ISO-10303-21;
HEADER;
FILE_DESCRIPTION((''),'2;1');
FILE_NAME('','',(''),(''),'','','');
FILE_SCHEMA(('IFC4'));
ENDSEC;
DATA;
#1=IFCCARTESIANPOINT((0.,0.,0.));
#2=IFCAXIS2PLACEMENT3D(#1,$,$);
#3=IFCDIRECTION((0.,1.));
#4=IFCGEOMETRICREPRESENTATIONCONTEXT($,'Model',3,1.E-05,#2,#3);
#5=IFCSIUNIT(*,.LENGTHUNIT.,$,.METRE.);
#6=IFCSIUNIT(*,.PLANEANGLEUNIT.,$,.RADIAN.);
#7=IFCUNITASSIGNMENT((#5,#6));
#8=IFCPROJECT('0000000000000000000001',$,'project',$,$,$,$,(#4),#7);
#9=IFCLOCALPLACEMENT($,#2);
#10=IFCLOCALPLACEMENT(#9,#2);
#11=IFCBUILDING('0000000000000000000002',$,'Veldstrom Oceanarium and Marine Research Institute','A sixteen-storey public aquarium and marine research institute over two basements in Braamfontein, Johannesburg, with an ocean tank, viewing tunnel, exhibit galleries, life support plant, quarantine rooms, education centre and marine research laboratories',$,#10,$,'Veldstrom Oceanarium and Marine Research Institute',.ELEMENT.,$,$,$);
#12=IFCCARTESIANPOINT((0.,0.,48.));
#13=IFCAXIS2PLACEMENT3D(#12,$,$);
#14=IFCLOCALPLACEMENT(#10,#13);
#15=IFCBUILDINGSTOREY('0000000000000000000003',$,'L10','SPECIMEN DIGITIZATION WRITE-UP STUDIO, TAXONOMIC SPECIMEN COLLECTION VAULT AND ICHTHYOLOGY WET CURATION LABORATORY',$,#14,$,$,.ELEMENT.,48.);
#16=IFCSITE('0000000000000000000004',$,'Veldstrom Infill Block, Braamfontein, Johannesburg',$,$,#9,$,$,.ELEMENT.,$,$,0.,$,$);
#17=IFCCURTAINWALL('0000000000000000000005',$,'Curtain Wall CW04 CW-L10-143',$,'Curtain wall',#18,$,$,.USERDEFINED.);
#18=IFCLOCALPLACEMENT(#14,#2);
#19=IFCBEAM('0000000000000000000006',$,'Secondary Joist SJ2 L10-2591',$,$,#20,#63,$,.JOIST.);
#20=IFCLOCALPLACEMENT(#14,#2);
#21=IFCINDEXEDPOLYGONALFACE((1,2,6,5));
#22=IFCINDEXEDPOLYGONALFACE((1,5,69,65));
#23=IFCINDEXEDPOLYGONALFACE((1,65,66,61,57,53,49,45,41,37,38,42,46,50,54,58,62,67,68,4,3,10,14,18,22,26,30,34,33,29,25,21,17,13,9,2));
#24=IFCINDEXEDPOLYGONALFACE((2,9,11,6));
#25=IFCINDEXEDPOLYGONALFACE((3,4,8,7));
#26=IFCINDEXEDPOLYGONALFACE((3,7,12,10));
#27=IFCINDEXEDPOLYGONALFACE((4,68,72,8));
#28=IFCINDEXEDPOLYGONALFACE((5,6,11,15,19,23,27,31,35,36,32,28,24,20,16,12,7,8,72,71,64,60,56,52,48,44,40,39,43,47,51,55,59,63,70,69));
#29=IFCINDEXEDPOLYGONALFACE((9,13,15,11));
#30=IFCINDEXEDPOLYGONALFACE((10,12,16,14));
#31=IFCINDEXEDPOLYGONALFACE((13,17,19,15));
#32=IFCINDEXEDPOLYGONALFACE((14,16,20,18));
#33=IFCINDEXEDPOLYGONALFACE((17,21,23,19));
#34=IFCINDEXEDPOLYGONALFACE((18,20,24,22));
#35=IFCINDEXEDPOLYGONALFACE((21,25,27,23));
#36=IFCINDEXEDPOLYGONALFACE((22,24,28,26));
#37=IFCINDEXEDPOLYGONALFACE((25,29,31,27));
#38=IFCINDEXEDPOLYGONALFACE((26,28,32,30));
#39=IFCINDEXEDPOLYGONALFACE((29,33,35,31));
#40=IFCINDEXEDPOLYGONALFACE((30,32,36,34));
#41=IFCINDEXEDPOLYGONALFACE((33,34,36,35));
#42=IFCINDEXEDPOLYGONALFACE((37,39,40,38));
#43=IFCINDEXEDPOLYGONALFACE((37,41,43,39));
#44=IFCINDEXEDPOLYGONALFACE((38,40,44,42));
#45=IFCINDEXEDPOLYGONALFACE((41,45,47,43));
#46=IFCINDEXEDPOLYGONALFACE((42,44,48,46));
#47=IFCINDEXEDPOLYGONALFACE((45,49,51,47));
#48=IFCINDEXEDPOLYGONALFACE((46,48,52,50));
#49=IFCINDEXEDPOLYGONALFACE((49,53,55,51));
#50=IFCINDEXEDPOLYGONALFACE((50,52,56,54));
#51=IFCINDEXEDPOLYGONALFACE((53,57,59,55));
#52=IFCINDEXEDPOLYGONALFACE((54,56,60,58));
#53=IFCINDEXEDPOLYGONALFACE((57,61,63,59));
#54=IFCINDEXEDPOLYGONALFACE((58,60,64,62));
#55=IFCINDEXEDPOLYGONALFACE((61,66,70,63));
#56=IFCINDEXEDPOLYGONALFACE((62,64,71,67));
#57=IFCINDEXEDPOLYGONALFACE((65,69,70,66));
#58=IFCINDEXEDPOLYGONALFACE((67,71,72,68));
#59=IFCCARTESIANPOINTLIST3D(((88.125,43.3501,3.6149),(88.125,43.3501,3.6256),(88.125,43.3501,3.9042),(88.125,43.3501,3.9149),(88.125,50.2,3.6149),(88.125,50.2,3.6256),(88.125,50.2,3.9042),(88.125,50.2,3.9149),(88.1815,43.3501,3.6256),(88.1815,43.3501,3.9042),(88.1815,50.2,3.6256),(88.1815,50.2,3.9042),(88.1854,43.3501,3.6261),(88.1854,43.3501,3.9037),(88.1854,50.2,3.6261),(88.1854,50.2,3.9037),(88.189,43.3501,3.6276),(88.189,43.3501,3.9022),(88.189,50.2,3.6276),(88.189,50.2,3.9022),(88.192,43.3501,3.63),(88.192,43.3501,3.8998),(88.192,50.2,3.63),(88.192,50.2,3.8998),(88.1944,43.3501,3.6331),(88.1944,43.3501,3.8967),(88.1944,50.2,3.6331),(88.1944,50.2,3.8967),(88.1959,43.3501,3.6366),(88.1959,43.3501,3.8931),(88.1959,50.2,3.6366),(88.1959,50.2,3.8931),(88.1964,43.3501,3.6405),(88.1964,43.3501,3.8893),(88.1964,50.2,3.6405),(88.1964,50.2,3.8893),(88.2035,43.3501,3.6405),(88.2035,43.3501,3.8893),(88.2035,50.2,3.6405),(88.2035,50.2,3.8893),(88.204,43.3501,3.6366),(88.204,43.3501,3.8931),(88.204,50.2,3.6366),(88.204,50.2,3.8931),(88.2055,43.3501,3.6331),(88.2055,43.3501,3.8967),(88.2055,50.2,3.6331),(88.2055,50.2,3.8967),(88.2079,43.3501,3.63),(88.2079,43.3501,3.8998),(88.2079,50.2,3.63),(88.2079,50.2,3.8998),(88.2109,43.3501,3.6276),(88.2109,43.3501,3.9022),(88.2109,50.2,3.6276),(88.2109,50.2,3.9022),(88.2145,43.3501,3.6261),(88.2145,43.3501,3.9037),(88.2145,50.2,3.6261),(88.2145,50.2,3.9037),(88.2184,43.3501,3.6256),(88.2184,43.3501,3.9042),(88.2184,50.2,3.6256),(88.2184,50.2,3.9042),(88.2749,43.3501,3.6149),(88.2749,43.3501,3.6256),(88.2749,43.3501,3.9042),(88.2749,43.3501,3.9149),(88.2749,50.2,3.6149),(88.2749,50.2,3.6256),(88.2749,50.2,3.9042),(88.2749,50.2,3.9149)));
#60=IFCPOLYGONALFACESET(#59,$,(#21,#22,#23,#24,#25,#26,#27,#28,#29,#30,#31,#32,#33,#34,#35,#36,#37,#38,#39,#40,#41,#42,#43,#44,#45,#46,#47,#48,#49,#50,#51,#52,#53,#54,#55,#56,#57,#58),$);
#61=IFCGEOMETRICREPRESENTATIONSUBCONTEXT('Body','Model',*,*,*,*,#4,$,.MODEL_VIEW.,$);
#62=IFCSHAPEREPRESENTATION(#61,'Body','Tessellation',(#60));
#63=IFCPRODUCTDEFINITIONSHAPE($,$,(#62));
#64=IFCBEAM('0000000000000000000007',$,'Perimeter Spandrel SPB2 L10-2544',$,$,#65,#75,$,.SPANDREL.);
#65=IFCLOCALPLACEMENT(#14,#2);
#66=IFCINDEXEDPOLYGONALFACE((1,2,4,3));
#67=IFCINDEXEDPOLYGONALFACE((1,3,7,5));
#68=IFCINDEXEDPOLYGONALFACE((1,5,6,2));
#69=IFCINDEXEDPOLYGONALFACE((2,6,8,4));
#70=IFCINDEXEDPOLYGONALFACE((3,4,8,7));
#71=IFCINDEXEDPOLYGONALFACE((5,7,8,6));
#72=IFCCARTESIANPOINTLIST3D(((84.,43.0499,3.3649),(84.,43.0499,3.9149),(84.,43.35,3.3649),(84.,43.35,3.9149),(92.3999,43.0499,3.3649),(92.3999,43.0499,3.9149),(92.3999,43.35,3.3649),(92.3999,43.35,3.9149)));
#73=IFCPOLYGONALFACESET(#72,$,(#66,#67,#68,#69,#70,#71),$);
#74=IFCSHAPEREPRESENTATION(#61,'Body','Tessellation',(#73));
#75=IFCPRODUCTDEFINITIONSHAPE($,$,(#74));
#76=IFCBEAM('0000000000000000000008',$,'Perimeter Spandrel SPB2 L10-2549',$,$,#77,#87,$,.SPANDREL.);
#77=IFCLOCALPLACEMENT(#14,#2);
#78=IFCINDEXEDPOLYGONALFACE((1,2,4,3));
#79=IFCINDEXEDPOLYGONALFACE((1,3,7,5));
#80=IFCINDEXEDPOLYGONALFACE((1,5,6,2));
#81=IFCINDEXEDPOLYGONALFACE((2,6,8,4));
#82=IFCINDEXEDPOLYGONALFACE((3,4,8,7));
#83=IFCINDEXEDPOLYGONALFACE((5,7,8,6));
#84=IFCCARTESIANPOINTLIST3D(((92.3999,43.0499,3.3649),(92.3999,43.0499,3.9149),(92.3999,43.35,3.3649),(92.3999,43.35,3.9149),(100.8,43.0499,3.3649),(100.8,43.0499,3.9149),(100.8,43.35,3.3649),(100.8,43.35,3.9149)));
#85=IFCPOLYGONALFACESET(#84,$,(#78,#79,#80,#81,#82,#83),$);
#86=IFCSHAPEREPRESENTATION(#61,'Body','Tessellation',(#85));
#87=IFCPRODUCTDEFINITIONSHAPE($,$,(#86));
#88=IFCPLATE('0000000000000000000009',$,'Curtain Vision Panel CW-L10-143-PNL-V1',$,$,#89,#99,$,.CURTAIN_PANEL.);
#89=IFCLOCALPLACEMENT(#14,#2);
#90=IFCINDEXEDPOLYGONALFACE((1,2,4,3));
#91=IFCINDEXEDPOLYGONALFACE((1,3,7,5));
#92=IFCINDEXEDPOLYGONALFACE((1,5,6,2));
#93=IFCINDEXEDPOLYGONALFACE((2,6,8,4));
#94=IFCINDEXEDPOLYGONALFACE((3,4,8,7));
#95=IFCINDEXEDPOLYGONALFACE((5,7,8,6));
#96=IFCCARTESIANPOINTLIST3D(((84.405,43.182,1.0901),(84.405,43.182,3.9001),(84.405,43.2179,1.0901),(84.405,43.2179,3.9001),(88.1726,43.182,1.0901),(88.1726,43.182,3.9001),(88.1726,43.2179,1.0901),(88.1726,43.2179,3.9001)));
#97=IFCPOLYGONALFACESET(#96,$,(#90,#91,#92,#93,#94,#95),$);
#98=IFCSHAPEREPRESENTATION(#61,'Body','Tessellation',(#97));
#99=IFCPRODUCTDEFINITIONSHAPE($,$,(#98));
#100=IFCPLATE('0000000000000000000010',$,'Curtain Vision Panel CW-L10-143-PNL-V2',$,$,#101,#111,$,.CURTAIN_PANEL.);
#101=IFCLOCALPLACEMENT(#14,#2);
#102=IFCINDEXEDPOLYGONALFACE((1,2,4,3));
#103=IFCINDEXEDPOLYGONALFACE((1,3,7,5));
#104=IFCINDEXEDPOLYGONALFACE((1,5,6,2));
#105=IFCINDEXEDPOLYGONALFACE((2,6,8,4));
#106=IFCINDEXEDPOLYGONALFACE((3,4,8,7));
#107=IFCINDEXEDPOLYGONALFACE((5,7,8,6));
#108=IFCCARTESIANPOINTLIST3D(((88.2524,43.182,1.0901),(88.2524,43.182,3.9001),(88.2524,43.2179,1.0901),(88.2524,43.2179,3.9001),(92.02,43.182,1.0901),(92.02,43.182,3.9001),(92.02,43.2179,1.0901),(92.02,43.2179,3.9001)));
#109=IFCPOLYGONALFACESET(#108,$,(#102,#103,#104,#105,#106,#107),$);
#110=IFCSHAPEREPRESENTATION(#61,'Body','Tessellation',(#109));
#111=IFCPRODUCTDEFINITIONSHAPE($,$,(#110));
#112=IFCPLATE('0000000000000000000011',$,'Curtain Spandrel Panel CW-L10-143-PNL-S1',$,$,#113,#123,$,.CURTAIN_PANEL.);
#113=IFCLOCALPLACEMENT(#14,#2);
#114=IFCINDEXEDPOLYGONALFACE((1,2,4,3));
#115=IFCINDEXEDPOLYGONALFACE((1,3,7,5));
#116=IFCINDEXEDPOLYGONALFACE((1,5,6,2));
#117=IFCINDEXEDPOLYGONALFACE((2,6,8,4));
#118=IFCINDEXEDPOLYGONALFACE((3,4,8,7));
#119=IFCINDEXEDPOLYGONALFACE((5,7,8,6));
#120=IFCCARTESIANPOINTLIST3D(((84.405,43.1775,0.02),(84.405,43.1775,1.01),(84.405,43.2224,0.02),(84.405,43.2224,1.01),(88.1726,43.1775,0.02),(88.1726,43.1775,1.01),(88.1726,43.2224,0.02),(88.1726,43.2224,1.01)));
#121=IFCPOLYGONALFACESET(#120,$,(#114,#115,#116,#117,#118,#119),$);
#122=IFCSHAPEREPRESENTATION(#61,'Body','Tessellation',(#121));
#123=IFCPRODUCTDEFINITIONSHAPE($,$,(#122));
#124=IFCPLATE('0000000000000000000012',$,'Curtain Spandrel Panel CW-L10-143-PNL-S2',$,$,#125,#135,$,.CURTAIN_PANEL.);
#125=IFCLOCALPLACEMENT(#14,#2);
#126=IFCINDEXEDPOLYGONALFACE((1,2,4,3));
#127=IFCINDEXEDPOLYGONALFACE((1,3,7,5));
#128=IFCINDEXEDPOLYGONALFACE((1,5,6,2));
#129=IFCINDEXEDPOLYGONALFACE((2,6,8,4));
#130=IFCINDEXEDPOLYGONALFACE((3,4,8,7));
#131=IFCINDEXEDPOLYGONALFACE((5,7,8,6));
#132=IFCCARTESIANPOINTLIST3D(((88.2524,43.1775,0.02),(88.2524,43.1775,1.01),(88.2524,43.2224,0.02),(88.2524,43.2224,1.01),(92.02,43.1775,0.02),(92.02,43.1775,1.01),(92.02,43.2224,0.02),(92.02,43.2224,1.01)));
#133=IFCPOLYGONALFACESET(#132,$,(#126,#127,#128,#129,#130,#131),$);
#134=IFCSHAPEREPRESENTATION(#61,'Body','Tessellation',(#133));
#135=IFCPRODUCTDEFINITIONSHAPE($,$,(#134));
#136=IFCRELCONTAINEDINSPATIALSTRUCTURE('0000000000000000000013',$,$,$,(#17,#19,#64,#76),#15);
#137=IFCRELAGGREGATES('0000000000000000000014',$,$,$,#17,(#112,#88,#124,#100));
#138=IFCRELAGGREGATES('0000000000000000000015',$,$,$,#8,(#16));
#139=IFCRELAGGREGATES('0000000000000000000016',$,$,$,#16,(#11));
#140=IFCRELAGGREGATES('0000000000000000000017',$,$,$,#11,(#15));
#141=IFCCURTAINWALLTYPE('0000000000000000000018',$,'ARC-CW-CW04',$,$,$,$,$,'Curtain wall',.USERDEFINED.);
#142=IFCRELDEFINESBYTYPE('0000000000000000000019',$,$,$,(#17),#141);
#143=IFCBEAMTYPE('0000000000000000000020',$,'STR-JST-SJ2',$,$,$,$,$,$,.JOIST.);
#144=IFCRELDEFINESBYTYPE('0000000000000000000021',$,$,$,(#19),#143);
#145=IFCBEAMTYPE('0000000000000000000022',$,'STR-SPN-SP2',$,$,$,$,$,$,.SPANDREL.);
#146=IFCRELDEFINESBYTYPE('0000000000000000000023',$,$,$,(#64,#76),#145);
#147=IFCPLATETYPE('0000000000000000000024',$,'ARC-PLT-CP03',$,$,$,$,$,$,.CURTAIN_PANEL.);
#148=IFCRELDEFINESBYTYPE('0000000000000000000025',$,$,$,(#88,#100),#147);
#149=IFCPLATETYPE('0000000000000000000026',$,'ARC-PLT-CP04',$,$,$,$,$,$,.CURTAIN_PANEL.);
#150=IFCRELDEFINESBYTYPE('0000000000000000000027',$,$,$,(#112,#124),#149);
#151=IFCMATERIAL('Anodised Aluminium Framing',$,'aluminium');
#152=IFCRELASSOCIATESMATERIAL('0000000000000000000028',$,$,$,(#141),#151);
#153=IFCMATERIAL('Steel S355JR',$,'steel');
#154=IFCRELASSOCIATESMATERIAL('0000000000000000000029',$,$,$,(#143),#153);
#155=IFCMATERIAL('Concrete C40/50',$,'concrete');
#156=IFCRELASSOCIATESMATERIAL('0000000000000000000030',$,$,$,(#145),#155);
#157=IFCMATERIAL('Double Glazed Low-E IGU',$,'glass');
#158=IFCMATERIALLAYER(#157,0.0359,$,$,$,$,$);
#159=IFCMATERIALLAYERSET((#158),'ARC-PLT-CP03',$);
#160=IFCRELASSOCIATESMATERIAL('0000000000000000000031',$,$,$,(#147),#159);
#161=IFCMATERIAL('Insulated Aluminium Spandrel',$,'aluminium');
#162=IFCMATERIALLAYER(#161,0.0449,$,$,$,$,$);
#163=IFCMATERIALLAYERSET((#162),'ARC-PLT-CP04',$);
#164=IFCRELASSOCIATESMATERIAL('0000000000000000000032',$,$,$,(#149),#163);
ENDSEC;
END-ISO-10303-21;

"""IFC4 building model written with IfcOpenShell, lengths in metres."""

from ifc_helpers import new_model, si_unit, direction, frame, origin, origin_2d, place, context, subcontext, project, spatial, rectangle, i_section, extrude, material, layer, layer_set, material_profile, profile_set, type_object, element, aggregate, save


model = new_model("IFC4")

# Units and contexts
model_context = context("Model", 3, precision=1e-05, world=origin(), true_north=direction((0.0, 1.0)))
body_context = subcontext(model_context, "Body", "Model", "MODEL_VIEW")
ifc_project = project(units=[si_unit("LENGTHUNIT", "METRE"), si_unit("PLANEANGLEUNIT", "RADIAN")], contexts=[model_context])

# Site, building, storey
site_placement = place(None, origin())
site = spatial("IfcSite", under=ifc_project, at=site_placement, Name="Veldstrom Infill Block, Braamfontein, Johannesburg", CompositionType="ELEMENT", RefElevation=0.0)
building_placement = place(site_placement, origin())
building = spatial("IfcBuilding", under=site, at=building_placement, Name="Veldstrom Oceanarium and Marine Research Institute", Description="A sixteen-storey public aquarium and marine research institute over two basements in Braamfontein, Johannesburg, with an ocean tank, viewing tunnel, exhibit galleries, life support plant, quarantine rooms, education centre and marine research laboratories", LongName="Veldstrom Oceanarium and Marine Research Institute", CompositionType="ELEMENT")
storey_placement = place(building_placement, frame((0.0, 0.0, 48.0)))
storey = spatial("IfcBuildingStorey", under=building, at=storey_placement, Name="L10", Description="SPECIMEN DIGITIZATION WRITE-UP STUDIO, TAXONOMIC SPECIMEN COLLECTION VAULT AND ICHTHYOLOGY WET CURATION LABORATORY", CompositionType="ELEMENT", Elevation=48.0)

# Curtain wall
ifc_material_1 = material(Name="Anodised Aluminium Framing", Category="aluminium")
curtain_wall_type = type_object("IfcCurtainWallType", Name="ARC-CW-CW04", ElementType="Curtain wall", PredefinedType="USERDEFINED", material=ifc_material_1)
curtain_wall_1_placement = place(storey_placement, origin())
curtain_wall_1 = element("IfcCurtainWall", 1, at=curtain_wall_1_placement, inside=storey, type_object=curtain_wall_type, Name="Curtain Wall CW04 CW-L10-143", ObjectType="Curtain wall", PredefinedType="USERDEFINED")

# Beams
ifc_material_2 = material(Name="Steel S355JR", Category="steel")
ifc_material_profile_1 = material_profile(ifc_material_2, i_section(OverallWidth=0.1499, OverallDepth=0.3, WebThickness=0.0071, FlangeThickness=0.0107, FilletRadius=0.0149, at=origin_2d()), Name="IPE 300")
ifc_profile_set_1 = profile_set([ifc_material_profile_1], Name="Steel S355JR")
beam_type_1 = type_object("IfcBeamType", Name="STR-JST-SJ2", PredefinedType="JOIST", material=ifc_profile_set_1)
beam_1_placement = place(storey_placement, frame((88.2, 43.3501, 3.7649), z_axis=(0.0, 1.0, 0.0), x_axis=(-1.0, 0.0, 0.0)))
element("IfcBeam", 2, at=beam_1_placement, inside=storey, type_object=beam_type_1, Name="Secondary Joist SJ2 L10-2591", PredefinedType="JOIST", context=body_context, shape_type="SweptSolid", body=[
    extrude(i_section(OverallWidth=0.1499, OverallDepth=0.3, WebThickness=0.0071, FlangeThickness=0.0107, FilletRadius=0.0149, at=origin_2d()), origin(), (0.0, 0.0, 1.0), 6.8499),
])
ifc_material_3 = material(Name="Concrete C40/50", Category="concrete")
ifc_material_profile_2 = material_profile(ifc_material_3, rectangle(XDim=0.3, YDim=0.55, at=origin_2d()), Name="RC-SPN-300x550")
ifc_profile_set_2 = profile_set([ifc_material_profile_2], Name="Concrete C40/50")
beam_type_2 = type_object("IfcBeamType", Name="STR-SPN-SP2", PredefinedType="SPANDREL", material=ifc_profile_set_2)
beam_2_placement = place(storey_placement, frame((84.0, 43.2, 3.6399), z_axis=(1.0, 0.0, 0.0), x_axis=(0.0, 1.0, 0.0)))
element("IfcBeam", 3, at=beam_2_placement, inside=storey, type_object=beam_type_2, Name="Perimeter Spandrel SPB2 L10-2544", PredefinedType="SPANDREL", context=body_context, shape_type="SweptSolid", body=[
    extrude(rectangle(XDim=0.3, YDim=0.55, at=origin_2d()), origin(), (0.0, 0.0, 1.0), 8.3999),
])
beam_3_placement = place(storey_placement, frame((92.3999, 43.2, 3.6399), z_axis=(1.0, 0.0, 0.0), x_axis=(0.0, 1.0, 0.0)))
element("IfcBeam", 4, at=beam_3_placement, inside=storey, type_object=beam_type_2, Name="Perimeter Spandrel SPB2 L10-2549", PredefinedType="SPANDREL", context=body_context, shape_type="SweptSolid", body=[
    extrude(rectangle(XDim=0.3, YDim=0.55, at=origin_2d()), origin(), (0.0, 0.0, 1.0), 8.4001),
])

# Plates
ifc_material_4 = material(Name="Double Glazed Low-E IGU", Category="glass")
ifc_layer_1 = layer(ifc_material_4, 0.0359)
ifc_layer_set_1 = layer_set([ifc_layer_1], Name="ARC-PLT-CP03")
plate_type_1 = type_object("IfcPlateType", Name="ARC-PLT-CP03", PredefinedType="CURTAIN_PANEL", material=ifc_layer_set_1)
plate_1_placement = place(storey_placement, frame((86.2888, 43.2, 1.0901), z_axis=(0.0, 0.0, 1.0), x_axis=(1.0, 0.0, 0.0)))
plate_1 = element("IfcPlate", 5, at=plate_1_placement, type_object=plate_type_1, Name="Curtain Vision Panel CW-L10-143-PNL-V1", PredefinedType="CURTAIN_PANEL", context=body_context, shape_type="SweptSolid", body=[
    extrude(rectangle(XDim=3.7676, YDim=0.0359, at=origin_2d()), origin(), (0.0, 0.0, 1.0), 2.8101),
])
plate_2_placement = place(storey_placement, frame((90.1362, 43.2, 1.0901), z_axis=(0.0, 0.0, 1.0), x_axis=(1.0, 0.0, 0.0)))
plate_2 = element("IfcPlate", 6, at=plate_2_placement, type_object=plate_type_1, Name="Curtain Vision Panel CW-L10-143-PNL-V2", PredefinedType="CURTAIN_PANEL", context=body_context, shape_type="SweptSolid", body=[
    extrude(rectangle(XDim=3.7676, YDim=0.0359, at=origin_2d()), origin(), (0.0, 0.0, 1.0), 2.8101),
])
ifc_material_5 = material(Name="Insulated Aluminium Spandrel", Category="aluminium")
ifc_layer_2 = layer(ifc_material_5, 0.0449)
ifc_layer_set_2 = layer_set([ifc_layer_2], Name="ARC-PLT-CP04")
plate_type_2 = type_object("IfcPlateType", Name="ARC-PLT-CP04", PredefinedType="CURTAIN_PANEL", material=ifc_layer_set_2)
plate_3_placement = place(storey_placement, frame((86.2888, 43.2, 0.02), z_axis=(0.0, 0.0, 1.0), x_axis=(1.0, 0.0, 0.0)))
plate_3 = element("IfcPlate", 7, at=plate_3_placement, type_object=plate_type_2, Name="Curtain Spandrel Panel CW-L10-143-PNL-S1", PredefinedType="CURTAIN_PANEL", context=body_context, shape_type="SweptSolid", body=[
    extrude(rectangle(XDim=3.7676, YDim=0.0449, at=origin_2d()), origin(), (0.0, 0.0, 1.0), 0.99),
])
plate_4_placement = place(storey_placement, frame((90.1362, 43.2, 0.02), z_axis=(0.0, 0.0, 1.0), x_axis=(1.0, 0.0, 0.0)))
plate_4 = element("IfcPlate", 8, at=plate_4_placement, type_object=plate_type_2, Name="Curtain Spandrel Panel CW-L10-143-PNL-S2", PredefinedType="CURTAIN_PANEL", context=body_context, shape_type="SweptSolid", body=[
    extrude(rectangle(XDim=3.7676, YDim=0.0449, at=origin_2d()), origin(), (0.0, 0.0, 1.0), 0.99),
])
aggregate(curtain_wall_1, [plate_3, plate_1, plate_4, plate_2])

save(model, "model.ifc")
